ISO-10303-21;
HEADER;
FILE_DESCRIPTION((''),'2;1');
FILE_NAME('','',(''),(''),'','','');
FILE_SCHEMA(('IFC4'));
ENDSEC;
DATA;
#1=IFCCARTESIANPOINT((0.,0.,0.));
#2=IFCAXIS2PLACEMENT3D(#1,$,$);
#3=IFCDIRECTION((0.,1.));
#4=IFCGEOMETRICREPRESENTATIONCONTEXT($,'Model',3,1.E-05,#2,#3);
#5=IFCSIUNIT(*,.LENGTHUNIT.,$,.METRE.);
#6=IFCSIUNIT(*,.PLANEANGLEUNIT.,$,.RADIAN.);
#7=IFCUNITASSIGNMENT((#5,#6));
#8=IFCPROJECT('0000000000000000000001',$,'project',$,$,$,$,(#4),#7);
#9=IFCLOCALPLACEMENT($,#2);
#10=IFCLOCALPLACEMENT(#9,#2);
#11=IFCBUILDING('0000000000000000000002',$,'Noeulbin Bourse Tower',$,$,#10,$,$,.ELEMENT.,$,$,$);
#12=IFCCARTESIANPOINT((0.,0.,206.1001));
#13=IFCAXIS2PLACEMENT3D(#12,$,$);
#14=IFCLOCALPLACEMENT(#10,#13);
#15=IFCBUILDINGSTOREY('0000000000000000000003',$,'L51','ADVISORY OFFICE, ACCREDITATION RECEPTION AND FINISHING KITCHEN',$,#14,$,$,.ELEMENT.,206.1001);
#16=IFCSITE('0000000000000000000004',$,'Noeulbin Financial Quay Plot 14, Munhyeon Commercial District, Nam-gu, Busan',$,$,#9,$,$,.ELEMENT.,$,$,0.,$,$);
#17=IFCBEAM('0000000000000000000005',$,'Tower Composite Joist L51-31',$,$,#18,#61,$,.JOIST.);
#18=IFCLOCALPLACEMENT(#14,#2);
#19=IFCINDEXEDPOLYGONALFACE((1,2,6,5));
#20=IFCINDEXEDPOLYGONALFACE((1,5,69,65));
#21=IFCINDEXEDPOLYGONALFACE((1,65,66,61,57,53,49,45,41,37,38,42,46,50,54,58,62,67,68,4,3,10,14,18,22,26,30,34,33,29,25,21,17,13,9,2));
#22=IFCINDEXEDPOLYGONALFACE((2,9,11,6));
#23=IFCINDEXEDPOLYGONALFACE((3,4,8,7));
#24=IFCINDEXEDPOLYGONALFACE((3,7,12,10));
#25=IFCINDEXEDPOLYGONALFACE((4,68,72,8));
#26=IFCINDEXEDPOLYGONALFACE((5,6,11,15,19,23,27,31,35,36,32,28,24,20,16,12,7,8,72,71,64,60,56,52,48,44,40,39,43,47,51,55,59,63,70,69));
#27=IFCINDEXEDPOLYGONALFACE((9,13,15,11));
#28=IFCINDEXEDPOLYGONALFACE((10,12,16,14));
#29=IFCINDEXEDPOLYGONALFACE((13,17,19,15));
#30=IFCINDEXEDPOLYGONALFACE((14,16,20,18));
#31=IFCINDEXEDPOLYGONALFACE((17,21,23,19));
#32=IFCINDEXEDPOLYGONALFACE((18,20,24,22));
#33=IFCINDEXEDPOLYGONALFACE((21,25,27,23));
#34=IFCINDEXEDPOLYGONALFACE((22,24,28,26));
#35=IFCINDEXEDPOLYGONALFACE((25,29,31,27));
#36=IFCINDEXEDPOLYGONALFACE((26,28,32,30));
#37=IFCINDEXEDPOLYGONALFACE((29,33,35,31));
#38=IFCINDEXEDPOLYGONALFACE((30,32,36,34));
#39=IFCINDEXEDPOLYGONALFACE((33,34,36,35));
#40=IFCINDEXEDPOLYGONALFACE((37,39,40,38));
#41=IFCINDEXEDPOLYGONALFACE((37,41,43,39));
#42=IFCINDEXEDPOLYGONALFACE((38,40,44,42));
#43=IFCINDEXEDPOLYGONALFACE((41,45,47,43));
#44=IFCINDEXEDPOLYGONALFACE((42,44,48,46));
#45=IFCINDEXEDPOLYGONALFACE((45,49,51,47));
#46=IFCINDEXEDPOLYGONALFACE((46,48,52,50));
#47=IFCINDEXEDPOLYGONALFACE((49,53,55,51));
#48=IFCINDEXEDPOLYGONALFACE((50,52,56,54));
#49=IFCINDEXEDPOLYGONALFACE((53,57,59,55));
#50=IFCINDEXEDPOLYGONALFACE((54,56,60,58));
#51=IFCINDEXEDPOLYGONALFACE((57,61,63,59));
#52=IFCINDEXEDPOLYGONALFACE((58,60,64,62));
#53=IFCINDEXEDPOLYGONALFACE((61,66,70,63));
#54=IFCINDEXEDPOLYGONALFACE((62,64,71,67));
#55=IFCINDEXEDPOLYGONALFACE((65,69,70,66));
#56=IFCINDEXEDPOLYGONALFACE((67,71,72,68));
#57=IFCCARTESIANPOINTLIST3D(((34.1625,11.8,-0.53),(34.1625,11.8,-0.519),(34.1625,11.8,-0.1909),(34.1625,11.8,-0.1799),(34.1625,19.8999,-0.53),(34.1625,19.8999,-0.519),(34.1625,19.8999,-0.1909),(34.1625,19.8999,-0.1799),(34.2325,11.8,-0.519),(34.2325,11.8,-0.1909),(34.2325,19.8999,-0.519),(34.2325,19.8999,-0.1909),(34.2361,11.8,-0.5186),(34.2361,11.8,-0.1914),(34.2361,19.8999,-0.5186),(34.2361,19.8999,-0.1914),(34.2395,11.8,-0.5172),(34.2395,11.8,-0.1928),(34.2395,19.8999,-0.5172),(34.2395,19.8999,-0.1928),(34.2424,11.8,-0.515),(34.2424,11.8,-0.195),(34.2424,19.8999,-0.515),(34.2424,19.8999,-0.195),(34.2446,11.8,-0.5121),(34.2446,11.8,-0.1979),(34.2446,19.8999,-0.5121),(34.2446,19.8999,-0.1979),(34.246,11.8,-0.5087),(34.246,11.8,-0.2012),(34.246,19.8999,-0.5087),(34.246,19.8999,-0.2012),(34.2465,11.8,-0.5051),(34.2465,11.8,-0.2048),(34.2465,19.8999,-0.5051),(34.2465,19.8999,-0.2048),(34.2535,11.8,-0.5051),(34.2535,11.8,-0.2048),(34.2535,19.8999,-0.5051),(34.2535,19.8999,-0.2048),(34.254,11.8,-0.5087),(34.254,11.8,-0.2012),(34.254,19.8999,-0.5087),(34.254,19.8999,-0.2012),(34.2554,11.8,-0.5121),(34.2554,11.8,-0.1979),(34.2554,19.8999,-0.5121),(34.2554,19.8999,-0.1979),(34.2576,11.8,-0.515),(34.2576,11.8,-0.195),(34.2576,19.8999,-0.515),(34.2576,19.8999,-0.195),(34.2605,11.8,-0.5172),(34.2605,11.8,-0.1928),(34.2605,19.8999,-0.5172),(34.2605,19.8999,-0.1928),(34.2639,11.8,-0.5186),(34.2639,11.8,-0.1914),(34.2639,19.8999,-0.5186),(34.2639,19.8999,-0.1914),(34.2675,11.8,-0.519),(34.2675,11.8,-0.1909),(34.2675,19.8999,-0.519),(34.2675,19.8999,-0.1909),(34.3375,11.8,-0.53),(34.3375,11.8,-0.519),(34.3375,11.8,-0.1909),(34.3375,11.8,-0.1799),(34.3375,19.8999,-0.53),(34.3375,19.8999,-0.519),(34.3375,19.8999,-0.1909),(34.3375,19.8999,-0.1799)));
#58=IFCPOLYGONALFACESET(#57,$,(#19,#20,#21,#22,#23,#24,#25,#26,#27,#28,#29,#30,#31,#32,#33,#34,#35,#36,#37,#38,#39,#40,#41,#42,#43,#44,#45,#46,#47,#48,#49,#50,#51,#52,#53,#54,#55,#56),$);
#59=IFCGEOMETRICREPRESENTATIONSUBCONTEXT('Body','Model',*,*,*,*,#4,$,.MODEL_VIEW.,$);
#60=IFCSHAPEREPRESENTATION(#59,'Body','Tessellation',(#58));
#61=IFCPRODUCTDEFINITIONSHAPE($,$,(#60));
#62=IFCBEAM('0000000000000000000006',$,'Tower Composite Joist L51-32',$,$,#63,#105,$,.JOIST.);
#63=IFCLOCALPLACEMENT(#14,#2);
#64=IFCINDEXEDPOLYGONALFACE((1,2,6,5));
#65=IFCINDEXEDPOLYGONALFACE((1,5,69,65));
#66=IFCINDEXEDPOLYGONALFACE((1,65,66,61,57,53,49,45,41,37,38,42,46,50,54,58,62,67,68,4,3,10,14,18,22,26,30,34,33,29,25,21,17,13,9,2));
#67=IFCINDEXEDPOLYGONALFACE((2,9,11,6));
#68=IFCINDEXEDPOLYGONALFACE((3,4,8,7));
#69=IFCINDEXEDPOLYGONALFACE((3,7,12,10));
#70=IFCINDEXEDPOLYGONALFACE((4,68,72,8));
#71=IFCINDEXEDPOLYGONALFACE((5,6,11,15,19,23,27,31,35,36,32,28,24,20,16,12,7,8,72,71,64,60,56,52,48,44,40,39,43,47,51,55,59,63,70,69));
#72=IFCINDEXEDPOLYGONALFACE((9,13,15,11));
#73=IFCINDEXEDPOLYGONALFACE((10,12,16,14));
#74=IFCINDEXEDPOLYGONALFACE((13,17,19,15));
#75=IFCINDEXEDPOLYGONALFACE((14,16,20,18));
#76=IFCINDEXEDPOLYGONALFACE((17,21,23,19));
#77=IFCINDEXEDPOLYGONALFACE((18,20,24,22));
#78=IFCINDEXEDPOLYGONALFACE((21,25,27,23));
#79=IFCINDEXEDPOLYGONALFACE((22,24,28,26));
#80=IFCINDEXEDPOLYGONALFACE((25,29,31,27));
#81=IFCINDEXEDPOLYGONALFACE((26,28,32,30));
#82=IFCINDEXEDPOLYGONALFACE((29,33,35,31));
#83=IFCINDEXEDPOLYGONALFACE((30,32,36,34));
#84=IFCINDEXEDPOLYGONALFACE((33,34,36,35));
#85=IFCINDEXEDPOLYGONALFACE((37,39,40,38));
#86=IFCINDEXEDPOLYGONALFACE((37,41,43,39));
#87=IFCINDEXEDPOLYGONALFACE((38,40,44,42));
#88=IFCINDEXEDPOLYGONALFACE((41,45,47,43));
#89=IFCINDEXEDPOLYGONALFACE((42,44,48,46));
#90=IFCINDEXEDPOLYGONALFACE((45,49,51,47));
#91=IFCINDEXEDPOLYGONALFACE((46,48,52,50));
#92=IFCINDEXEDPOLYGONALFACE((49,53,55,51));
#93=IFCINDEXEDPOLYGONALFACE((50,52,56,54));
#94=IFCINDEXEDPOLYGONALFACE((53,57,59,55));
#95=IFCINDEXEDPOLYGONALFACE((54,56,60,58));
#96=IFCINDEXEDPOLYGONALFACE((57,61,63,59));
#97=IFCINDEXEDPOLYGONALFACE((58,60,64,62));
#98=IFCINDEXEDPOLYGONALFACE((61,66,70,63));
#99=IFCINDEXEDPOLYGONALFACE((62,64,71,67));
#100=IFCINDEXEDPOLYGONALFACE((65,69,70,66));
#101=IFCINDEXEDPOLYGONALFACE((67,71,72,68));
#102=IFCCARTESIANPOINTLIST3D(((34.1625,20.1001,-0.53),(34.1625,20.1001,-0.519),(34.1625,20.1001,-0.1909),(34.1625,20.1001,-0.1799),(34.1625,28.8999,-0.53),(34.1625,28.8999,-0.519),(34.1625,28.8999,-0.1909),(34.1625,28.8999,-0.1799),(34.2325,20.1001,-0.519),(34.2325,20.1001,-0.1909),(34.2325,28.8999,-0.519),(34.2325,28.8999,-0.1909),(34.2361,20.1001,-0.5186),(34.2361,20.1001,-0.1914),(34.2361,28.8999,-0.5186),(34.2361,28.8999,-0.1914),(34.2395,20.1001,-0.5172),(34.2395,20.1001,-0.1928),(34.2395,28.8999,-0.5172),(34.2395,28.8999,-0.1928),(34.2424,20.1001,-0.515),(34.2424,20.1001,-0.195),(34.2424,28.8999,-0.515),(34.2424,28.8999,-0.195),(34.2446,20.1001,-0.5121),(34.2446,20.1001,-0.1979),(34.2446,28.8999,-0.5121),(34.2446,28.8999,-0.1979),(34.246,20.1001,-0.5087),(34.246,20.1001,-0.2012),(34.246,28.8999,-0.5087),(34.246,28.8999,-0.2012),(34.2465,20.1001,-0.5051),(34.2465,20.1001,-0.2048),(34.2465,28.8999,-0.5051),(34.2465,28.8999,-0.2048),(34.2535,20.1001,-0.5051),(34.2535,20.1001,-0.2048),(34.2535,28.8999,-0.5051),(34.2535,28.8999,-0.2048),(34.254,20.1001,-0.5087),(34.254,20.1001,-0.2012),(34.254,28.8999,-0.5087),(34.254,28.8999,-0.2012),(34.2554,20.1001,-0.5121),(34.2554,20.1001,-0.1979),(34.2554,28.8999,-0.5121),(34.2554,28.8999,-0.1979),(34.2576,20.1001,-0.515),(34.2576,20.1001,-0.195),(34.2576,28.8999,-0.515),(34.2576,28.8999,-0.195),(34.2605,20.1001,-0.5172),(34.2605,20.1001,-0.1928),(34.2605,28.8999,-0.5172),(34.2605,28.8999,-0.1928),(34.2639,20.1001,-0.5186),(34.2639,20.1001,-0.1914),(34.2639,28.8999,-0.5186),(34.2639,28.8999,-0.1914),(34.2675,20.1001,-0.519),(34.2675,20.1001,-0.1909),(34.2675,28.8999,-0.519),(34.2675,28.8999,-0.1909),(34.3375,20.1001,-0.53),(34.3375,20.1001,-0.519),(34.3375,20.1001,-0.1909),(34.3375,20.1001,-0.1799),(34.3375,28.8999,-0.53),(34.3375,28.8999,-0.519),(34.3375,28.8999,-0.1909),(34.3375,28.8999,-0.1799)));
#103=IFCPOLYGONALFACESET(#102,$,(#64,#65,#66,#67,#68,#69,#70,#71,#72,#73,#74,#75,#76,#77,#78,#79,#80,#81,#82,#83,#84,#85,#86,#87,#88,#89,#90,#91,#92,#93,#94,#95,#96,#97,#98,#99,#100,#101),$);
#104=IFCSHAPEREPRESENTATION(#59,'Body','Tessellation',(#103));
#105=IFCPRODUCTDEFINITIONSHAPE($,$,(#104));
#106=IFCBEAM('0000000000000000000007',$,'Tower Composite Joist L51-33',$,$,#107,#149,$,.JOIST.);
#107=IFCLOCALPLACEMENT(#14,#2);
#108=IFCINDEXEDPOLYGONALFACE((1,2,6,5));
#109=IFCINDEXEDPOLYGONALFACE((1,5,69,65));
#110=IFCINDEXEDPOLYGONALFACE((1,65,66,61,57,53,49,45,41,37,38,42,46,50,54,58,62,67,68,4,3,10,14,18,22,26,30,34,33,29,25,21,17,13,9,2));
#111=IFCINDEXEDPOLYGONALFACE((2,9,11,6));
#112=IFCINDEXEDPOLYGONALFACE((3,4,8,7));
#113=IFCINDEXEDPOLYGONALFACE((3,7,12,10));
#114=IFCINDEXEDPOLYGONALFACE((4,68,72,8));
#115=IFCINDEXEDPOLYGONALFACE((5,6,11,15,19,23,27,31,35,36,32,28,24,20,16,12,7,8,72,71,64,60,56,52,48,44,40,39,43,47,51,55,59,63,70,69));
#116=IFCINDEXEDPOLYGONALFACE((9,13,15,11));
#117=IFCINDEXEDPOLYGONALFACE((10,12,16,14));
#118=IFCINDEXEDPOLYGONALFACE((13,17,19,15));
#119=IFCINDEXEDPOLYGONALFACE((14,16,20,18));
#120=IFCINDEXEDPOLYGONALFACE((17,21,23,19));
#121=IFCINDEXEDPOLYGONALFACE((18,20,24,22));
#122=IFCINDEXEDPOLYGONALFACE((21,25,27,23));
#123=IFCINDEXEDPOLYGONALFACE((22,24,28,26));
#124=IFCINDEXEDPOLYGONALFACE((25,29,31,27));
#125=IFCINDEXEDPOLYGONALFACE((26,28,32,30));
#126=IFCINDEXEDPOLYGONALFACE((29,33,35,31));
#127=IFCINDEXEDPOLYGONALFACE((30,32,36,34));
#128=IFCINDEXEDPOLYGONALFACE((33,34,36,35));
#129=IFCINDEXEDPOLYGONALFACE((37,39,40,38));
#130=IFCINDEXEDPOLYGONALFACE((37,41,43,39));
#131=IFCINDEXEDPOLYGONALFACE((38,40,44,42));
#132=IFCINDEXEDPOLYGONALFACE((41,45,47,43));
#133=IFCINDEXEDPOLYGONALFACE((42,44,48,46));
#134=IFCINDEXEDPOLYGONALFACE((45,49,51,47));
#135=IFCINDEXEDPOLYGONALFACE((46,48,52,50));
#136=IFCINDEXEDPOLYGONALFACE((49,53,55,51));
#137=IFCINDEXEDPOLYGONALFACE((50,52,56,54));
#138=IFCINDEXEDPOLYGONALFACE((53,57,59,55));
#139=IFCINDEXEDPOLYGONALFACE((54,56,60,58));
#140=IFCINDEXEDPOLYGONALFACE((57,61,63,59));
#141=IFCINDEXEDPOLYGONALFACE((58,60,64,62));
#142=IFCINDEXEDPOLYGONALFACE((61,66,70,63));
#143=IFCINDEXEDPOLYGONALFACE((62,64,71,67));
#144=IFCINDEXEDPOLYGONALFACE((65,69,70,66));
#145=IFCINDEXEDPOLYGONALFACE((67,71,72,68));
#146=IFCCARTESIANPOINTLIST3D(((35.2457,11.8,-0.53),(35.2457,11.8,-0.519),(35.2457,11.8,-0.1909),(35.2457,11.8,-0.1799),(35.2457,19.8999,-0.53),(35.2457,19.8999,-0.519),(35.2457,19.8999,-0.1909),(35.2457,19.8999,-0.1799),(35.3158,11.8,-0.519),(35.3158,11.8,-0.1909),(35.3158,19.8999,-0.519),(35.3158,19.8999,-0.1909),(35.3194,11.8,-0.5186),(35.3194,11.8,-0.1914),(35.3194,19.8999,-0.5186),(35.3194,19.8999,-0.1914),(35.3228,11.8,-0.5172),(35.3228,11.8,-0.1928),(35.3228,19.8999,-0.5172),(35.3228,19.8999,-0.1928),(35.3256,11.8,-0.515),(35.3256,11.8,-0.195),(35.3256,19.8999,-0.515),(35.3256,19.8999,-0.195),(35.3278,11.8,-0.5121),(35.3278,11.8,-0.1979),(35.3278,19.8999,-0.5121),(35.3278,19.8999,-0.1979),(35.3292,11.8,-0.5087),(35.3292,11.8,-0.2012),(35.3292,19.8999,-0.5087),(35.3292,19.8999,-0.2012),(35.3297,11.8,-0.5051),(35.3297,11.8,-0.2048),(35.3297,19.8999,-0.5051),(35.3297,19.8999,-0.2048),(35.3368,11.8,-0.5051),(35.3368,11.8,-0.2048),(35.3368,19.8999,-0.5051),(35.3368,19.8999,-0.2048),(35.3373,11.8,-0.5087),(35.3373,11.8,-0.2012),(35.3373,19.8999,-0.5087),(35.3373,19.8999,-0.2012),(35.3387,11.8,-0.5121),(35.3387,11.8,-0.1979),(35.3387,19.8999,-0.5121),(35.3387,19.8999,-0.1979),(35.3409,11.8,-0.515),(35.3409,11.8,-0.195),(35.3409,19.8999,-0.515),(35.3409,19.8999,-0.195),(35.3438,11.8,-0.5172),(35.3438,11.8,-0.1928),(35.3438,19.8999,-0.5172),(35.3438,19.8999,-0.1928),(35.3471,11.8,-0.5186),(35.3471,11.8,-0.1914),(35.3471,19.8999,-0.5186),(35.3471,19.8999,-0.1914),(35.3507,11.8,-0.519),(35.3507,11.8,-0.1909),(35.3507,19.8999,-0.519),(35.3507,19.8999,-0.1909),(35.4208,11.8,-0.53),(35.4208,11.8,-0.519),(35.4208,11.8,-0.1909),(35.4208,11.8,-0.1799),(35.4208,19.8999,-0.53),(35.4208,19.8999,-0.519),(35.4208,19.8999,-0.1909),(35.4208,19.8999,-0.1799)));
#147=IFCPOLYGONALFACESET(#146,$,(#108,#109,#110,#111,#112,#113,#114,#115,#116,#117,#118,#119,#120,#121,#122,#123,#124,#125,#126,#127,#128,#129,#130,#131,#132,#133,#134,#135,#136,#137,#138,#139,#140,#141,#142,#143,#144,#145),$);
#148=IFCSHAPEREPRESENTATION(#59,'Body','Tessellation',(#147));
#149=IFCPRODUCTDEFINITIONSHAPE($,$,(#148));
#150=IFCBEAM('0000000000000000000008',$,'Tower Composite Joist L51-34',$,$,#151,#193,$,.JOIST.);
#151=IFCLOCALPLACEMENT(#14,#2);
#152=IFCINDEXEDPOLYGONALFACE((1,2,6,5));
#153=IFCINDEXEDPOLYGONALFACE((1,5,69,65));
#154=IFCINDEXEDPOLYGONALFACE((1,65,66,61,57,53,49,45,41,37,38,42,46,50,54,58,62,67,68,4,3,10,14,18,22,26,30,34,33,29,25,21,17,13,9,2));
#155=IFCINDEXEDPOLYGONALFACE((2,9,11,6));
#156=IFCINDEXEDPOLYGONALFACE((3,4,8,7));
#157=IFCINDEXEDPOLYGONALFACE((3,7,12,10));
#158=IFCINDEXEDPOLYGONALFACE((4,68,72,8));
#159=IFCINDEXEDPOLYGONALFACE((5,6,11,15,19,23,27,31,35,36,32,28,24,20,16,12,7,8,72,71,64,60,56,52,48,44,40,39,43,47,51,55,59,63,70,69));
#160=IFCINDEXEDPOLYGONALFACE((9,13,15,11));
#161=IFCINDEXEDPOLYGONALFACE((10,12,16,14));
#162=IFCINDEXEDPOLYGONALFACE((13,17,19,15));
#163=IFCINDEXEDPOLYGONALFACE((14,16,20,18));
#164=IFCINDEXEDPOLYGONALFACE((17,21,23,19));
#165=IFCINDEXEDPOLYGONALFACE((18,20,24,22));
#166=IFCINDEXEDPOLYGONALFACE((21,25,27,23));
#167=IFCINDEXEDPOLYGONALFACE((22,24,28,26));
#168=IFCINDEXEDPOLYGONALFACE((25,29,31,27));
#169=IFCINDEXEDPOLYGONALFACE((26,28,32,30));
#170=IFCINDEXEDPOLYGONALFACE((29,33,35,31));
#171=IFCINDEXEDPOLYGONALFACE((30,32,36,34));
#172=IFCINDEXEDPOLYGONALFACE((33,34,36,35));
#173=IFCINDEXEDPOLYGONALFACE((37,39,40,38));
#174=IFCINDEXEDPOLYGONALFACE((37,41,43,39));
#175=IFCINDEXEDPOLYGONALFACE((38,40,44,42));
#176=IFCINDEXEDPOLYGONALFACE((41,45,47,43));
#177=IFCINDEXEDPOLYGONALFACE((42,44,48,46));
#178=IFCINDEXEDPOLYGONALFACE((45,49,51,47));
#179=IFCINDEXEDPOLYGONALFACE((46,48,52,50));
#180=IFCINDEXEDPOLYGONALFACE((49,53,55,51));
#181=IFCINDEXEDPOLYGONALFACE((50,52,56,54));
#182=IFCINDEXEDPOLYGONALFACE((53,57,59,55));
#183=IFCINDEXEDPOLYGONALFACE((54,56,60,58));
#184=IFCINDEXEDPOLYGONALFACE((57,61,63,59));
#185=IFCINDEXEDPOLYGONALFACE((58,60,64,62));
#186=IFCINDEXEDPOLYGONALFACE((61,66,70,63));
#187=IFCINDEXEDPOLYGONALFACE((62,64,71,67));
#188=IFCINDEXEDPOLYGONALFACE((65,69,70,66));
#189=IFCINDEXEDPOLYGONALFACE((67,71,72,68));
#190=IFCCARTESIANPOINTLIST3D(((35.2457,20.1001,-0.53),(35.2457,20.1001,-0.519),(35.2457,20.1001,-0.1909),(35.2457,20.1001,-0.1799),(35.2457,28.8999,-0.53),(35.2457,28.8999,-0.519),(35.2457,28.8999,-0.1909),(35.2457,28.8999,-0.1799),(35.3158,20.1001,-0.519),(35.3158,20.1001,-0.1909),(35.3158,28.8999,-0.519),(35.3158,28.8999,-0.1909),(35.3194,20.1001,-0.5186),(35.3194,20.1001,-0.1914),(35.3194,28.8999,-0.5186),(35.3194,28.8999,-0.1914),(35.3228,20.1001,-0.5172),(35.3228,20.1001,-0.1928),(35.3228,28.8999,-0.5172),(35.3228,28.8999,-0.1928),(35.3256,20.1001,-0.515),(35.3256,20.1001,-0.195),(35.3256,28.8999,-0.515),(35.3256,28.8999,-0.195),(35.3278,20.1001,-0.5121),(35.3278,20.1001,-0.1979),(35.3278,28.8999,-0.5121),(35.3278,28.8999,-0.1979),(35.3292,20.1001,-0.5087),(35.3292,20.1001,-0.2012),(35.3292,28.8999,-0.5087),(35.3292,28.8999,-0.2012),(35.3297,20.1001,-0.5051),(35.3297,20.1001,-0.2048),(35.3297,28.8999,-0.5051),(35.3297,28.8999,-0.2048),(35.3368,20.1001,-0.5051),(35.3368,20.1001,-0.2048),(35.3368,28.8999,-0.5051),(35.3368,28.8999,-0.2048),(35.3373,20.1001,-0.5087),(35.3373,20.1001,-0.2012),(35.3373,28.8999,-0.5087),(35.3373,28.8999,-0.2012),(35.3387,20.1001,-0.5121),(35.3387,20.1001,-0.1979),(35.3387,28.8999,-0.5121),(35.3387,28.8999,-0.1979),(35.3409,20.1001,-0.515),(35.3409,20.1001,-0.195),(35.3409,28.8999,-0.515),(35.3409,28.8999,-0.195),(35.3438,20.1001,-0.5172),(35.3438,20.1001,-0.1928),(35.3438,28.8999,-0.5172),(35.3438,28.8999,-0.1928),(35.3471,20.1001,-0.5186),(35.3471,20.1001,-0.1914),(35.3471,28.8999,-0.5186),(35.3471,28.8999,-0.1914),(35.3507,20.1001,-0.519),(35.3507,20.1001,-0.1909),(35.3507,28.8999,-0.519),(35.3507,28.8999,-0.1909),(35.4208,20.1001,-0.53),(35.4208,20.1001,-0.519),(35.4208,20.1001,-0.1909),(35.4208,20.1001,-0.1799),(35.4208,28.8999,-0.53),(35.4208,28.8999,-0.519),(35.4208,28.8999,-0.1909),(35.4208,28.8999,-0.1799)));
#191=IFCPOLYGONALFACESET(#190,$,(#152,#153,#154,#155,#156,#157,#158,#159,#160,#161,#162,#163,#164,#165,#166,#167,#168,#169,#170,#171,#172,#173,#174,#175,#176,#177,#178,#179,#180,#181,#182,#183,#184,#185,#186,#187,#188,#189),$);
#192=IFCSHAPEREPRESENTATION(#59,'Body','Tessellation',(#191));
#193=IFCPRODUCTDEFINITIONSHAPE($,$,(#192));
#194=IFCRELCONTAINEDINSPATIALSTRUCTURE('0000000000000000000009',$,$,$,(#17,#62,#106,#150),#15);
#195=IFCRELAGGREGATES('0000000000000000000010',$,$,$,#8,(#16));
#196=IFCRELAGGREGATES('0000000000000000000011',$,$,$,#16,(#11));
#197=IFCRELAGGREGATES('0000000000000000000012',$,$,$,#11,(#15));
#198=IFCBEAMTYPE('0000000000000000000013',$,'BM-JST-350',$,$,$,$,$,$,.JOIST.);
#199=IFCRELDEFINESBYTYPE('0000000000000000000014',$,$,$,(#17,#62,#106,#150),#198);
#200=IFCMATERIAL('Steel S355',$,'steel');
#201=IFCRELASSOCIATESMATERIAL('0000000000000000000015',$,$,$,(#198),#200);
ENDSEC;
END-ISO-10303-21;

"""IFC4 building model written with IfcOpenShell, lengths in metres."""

from ifc_helpers import new_model, si_unit, direction, frame, origin, origin_2d, place, context, subcontext, project, spatial, i_section, extrude, material, material_profile, profile_set, type_object, element, save


model = new_model("IFC4")

# Units and contexts
model_context = context("Model", 3, precision=1e-05, world=origin(), true_north=direction((0.0, 1.0)))
body_context = subcontext(model_context, "Body", "Model", "MODEL_VIEW")
ifc_project = project(units=[si_unit("LENGTHUNIT", "METRE"), si_unit("PLANEANGLEUNIT", "RADIAN")], contexts=[model_context])

# Site, building, storey
site_placement = place(None, origin())
site = spatial("IfcSite", under=ifc_project, at=site_placement, Name="Noeulbin Financial Quay Plot 14, Munhyeon Commercial District, Nam-gu, Busan", CompositionType="ELEMENT", RefElevation=0.0)
building_placement = place(site_placement, origin())
building = spatial("IfcBuilding", under=site, at=building_placement, Name="Noeulbin Bourse Tower", CompositionType="ELEMENT")
storey_placement = place(building_placement, frame((0.0, 0.0, 206.1001)))
storey = spatial("IfcBuildingStorey", under=building, at=storey_placement, Name="L51", Description="ADVISORY OFFICE, ACCREDITATION RECEPTION AND FINISHING KITCHEN", CompositionType="ELEMENT", Elevation=206.1001)

# Shared definitions
ifc_material_1 = material(Name="Steel S355", Category="steel")

# Beams
ifc_material_profile_1 = material_profile(ifc_material_1, i_section(OverallWidth=0.175, OverallDepth=0.3501, WebThickness=0.0071, FlangeThickness=0.011, FilletRadius=0.0139, at=origin_2d()), Name="H-350x175x7x11", Category="LoadBearing")
ifc_profile_set_1 = profile_set([ifc_material_profile_1], Name="Steel S355")
beam_type_1 = type_object("IfcBeamType", Name="BM-JST-350", PredefinedType="JOIST", material=ifc_profile_set_1)
beam_1_placement = place(storey_placement, frame((34.25, 11.8, -0.355), z_axis=(0.0, 1.0, 0.0), x_axis=(-1.0, 0.0, 0.0)))
element("IfcBeam", 1, at=beam_1_placement, inside=storey, type_object=beam_type_1, Name="Tower Composite Joist L51-31", PredefinedType="JOIST", context=body_context, shape_type="SweptSolid", body=[
    extrude(i_section(OverallWidth=0.175, OverallDepth=0.3501, WebThickness=0.0071, FlangeThickness=0.011, FilletRadius=0.0139, at=origin_2d()), origin(), (0.0, 0.0, 1.0), 8.0999),
])
beam_2_placement = place(storey_placement, frame((34.25, 20.1001, -0.355), z_axis=(0.0, 1.0, 0.0), x_axis=(-1.0, 0.0, 0.0)))
element("IfcBeam", 2, at=beam_2_placement, inside=storey, type_object=beam_type_1, Name="Tower Composite Joist L51-32", PredefinedType="JOIST", context=body_context, shape_type="SweptSolid", body=[
    extrude(i_section(OverallWidth=0.175, OverallDepth=0.3501, WebThickness=0.0071, FlangeThickness=0.011, FilletRadius=0.0139, at=origin_2d()), origin(), (0.0, 0.0, 1.0), 8.7998),
])
beam_3_placement = place(storey_placement, frame((35.3333, 11.8, -0.355), z_axis=(0.0, 1.0, 0.0), x_axis=(-1.0, 0.0, 0.0)))
element("IfcBeam", 3, at=beam_3_placement, inside=storey, type_object=beam_type_1, Name="Tower Composite Joist L51-33", PredefinedType="JOIST", context=body_context, shape_type="SweptSolid", body=[
    extrude(i_section(OverallWidth=0.175, OverallDepth=0.3501, WebThickness=0.0071, FlangeThickness=0.011, FilletRadius=0.0139, at=origin_2d()), origin(), (0.0, 0.0, 1.0), 8.0999),
])
beam_4_placement = place(storey_placement, frame((35.3333, 20.1001, -0.355), z_axis=(0.0, 1.0, 0.0), x_axis=(-1.0, 0.0, 0.0)))
element("IfcBeam", 4, at=beam_4_placement, inside=storey, type_object=beam_type_1, Name="Tower Composite Joist L51-34", PredefinedType="JOIST", context=body_context, shape_type="SweptSolid", body=[
    extrude(i_section(OverallWidth=0.175, OverallDepth=0.3501, WebThickness=0.0071, FlangeThickness=0.011, FilletRadius=0.0139, at=origin_2d()), origin(), (0.0, 0.0, 1.0), 8.7998),
])

save(model, "model.ifc")
